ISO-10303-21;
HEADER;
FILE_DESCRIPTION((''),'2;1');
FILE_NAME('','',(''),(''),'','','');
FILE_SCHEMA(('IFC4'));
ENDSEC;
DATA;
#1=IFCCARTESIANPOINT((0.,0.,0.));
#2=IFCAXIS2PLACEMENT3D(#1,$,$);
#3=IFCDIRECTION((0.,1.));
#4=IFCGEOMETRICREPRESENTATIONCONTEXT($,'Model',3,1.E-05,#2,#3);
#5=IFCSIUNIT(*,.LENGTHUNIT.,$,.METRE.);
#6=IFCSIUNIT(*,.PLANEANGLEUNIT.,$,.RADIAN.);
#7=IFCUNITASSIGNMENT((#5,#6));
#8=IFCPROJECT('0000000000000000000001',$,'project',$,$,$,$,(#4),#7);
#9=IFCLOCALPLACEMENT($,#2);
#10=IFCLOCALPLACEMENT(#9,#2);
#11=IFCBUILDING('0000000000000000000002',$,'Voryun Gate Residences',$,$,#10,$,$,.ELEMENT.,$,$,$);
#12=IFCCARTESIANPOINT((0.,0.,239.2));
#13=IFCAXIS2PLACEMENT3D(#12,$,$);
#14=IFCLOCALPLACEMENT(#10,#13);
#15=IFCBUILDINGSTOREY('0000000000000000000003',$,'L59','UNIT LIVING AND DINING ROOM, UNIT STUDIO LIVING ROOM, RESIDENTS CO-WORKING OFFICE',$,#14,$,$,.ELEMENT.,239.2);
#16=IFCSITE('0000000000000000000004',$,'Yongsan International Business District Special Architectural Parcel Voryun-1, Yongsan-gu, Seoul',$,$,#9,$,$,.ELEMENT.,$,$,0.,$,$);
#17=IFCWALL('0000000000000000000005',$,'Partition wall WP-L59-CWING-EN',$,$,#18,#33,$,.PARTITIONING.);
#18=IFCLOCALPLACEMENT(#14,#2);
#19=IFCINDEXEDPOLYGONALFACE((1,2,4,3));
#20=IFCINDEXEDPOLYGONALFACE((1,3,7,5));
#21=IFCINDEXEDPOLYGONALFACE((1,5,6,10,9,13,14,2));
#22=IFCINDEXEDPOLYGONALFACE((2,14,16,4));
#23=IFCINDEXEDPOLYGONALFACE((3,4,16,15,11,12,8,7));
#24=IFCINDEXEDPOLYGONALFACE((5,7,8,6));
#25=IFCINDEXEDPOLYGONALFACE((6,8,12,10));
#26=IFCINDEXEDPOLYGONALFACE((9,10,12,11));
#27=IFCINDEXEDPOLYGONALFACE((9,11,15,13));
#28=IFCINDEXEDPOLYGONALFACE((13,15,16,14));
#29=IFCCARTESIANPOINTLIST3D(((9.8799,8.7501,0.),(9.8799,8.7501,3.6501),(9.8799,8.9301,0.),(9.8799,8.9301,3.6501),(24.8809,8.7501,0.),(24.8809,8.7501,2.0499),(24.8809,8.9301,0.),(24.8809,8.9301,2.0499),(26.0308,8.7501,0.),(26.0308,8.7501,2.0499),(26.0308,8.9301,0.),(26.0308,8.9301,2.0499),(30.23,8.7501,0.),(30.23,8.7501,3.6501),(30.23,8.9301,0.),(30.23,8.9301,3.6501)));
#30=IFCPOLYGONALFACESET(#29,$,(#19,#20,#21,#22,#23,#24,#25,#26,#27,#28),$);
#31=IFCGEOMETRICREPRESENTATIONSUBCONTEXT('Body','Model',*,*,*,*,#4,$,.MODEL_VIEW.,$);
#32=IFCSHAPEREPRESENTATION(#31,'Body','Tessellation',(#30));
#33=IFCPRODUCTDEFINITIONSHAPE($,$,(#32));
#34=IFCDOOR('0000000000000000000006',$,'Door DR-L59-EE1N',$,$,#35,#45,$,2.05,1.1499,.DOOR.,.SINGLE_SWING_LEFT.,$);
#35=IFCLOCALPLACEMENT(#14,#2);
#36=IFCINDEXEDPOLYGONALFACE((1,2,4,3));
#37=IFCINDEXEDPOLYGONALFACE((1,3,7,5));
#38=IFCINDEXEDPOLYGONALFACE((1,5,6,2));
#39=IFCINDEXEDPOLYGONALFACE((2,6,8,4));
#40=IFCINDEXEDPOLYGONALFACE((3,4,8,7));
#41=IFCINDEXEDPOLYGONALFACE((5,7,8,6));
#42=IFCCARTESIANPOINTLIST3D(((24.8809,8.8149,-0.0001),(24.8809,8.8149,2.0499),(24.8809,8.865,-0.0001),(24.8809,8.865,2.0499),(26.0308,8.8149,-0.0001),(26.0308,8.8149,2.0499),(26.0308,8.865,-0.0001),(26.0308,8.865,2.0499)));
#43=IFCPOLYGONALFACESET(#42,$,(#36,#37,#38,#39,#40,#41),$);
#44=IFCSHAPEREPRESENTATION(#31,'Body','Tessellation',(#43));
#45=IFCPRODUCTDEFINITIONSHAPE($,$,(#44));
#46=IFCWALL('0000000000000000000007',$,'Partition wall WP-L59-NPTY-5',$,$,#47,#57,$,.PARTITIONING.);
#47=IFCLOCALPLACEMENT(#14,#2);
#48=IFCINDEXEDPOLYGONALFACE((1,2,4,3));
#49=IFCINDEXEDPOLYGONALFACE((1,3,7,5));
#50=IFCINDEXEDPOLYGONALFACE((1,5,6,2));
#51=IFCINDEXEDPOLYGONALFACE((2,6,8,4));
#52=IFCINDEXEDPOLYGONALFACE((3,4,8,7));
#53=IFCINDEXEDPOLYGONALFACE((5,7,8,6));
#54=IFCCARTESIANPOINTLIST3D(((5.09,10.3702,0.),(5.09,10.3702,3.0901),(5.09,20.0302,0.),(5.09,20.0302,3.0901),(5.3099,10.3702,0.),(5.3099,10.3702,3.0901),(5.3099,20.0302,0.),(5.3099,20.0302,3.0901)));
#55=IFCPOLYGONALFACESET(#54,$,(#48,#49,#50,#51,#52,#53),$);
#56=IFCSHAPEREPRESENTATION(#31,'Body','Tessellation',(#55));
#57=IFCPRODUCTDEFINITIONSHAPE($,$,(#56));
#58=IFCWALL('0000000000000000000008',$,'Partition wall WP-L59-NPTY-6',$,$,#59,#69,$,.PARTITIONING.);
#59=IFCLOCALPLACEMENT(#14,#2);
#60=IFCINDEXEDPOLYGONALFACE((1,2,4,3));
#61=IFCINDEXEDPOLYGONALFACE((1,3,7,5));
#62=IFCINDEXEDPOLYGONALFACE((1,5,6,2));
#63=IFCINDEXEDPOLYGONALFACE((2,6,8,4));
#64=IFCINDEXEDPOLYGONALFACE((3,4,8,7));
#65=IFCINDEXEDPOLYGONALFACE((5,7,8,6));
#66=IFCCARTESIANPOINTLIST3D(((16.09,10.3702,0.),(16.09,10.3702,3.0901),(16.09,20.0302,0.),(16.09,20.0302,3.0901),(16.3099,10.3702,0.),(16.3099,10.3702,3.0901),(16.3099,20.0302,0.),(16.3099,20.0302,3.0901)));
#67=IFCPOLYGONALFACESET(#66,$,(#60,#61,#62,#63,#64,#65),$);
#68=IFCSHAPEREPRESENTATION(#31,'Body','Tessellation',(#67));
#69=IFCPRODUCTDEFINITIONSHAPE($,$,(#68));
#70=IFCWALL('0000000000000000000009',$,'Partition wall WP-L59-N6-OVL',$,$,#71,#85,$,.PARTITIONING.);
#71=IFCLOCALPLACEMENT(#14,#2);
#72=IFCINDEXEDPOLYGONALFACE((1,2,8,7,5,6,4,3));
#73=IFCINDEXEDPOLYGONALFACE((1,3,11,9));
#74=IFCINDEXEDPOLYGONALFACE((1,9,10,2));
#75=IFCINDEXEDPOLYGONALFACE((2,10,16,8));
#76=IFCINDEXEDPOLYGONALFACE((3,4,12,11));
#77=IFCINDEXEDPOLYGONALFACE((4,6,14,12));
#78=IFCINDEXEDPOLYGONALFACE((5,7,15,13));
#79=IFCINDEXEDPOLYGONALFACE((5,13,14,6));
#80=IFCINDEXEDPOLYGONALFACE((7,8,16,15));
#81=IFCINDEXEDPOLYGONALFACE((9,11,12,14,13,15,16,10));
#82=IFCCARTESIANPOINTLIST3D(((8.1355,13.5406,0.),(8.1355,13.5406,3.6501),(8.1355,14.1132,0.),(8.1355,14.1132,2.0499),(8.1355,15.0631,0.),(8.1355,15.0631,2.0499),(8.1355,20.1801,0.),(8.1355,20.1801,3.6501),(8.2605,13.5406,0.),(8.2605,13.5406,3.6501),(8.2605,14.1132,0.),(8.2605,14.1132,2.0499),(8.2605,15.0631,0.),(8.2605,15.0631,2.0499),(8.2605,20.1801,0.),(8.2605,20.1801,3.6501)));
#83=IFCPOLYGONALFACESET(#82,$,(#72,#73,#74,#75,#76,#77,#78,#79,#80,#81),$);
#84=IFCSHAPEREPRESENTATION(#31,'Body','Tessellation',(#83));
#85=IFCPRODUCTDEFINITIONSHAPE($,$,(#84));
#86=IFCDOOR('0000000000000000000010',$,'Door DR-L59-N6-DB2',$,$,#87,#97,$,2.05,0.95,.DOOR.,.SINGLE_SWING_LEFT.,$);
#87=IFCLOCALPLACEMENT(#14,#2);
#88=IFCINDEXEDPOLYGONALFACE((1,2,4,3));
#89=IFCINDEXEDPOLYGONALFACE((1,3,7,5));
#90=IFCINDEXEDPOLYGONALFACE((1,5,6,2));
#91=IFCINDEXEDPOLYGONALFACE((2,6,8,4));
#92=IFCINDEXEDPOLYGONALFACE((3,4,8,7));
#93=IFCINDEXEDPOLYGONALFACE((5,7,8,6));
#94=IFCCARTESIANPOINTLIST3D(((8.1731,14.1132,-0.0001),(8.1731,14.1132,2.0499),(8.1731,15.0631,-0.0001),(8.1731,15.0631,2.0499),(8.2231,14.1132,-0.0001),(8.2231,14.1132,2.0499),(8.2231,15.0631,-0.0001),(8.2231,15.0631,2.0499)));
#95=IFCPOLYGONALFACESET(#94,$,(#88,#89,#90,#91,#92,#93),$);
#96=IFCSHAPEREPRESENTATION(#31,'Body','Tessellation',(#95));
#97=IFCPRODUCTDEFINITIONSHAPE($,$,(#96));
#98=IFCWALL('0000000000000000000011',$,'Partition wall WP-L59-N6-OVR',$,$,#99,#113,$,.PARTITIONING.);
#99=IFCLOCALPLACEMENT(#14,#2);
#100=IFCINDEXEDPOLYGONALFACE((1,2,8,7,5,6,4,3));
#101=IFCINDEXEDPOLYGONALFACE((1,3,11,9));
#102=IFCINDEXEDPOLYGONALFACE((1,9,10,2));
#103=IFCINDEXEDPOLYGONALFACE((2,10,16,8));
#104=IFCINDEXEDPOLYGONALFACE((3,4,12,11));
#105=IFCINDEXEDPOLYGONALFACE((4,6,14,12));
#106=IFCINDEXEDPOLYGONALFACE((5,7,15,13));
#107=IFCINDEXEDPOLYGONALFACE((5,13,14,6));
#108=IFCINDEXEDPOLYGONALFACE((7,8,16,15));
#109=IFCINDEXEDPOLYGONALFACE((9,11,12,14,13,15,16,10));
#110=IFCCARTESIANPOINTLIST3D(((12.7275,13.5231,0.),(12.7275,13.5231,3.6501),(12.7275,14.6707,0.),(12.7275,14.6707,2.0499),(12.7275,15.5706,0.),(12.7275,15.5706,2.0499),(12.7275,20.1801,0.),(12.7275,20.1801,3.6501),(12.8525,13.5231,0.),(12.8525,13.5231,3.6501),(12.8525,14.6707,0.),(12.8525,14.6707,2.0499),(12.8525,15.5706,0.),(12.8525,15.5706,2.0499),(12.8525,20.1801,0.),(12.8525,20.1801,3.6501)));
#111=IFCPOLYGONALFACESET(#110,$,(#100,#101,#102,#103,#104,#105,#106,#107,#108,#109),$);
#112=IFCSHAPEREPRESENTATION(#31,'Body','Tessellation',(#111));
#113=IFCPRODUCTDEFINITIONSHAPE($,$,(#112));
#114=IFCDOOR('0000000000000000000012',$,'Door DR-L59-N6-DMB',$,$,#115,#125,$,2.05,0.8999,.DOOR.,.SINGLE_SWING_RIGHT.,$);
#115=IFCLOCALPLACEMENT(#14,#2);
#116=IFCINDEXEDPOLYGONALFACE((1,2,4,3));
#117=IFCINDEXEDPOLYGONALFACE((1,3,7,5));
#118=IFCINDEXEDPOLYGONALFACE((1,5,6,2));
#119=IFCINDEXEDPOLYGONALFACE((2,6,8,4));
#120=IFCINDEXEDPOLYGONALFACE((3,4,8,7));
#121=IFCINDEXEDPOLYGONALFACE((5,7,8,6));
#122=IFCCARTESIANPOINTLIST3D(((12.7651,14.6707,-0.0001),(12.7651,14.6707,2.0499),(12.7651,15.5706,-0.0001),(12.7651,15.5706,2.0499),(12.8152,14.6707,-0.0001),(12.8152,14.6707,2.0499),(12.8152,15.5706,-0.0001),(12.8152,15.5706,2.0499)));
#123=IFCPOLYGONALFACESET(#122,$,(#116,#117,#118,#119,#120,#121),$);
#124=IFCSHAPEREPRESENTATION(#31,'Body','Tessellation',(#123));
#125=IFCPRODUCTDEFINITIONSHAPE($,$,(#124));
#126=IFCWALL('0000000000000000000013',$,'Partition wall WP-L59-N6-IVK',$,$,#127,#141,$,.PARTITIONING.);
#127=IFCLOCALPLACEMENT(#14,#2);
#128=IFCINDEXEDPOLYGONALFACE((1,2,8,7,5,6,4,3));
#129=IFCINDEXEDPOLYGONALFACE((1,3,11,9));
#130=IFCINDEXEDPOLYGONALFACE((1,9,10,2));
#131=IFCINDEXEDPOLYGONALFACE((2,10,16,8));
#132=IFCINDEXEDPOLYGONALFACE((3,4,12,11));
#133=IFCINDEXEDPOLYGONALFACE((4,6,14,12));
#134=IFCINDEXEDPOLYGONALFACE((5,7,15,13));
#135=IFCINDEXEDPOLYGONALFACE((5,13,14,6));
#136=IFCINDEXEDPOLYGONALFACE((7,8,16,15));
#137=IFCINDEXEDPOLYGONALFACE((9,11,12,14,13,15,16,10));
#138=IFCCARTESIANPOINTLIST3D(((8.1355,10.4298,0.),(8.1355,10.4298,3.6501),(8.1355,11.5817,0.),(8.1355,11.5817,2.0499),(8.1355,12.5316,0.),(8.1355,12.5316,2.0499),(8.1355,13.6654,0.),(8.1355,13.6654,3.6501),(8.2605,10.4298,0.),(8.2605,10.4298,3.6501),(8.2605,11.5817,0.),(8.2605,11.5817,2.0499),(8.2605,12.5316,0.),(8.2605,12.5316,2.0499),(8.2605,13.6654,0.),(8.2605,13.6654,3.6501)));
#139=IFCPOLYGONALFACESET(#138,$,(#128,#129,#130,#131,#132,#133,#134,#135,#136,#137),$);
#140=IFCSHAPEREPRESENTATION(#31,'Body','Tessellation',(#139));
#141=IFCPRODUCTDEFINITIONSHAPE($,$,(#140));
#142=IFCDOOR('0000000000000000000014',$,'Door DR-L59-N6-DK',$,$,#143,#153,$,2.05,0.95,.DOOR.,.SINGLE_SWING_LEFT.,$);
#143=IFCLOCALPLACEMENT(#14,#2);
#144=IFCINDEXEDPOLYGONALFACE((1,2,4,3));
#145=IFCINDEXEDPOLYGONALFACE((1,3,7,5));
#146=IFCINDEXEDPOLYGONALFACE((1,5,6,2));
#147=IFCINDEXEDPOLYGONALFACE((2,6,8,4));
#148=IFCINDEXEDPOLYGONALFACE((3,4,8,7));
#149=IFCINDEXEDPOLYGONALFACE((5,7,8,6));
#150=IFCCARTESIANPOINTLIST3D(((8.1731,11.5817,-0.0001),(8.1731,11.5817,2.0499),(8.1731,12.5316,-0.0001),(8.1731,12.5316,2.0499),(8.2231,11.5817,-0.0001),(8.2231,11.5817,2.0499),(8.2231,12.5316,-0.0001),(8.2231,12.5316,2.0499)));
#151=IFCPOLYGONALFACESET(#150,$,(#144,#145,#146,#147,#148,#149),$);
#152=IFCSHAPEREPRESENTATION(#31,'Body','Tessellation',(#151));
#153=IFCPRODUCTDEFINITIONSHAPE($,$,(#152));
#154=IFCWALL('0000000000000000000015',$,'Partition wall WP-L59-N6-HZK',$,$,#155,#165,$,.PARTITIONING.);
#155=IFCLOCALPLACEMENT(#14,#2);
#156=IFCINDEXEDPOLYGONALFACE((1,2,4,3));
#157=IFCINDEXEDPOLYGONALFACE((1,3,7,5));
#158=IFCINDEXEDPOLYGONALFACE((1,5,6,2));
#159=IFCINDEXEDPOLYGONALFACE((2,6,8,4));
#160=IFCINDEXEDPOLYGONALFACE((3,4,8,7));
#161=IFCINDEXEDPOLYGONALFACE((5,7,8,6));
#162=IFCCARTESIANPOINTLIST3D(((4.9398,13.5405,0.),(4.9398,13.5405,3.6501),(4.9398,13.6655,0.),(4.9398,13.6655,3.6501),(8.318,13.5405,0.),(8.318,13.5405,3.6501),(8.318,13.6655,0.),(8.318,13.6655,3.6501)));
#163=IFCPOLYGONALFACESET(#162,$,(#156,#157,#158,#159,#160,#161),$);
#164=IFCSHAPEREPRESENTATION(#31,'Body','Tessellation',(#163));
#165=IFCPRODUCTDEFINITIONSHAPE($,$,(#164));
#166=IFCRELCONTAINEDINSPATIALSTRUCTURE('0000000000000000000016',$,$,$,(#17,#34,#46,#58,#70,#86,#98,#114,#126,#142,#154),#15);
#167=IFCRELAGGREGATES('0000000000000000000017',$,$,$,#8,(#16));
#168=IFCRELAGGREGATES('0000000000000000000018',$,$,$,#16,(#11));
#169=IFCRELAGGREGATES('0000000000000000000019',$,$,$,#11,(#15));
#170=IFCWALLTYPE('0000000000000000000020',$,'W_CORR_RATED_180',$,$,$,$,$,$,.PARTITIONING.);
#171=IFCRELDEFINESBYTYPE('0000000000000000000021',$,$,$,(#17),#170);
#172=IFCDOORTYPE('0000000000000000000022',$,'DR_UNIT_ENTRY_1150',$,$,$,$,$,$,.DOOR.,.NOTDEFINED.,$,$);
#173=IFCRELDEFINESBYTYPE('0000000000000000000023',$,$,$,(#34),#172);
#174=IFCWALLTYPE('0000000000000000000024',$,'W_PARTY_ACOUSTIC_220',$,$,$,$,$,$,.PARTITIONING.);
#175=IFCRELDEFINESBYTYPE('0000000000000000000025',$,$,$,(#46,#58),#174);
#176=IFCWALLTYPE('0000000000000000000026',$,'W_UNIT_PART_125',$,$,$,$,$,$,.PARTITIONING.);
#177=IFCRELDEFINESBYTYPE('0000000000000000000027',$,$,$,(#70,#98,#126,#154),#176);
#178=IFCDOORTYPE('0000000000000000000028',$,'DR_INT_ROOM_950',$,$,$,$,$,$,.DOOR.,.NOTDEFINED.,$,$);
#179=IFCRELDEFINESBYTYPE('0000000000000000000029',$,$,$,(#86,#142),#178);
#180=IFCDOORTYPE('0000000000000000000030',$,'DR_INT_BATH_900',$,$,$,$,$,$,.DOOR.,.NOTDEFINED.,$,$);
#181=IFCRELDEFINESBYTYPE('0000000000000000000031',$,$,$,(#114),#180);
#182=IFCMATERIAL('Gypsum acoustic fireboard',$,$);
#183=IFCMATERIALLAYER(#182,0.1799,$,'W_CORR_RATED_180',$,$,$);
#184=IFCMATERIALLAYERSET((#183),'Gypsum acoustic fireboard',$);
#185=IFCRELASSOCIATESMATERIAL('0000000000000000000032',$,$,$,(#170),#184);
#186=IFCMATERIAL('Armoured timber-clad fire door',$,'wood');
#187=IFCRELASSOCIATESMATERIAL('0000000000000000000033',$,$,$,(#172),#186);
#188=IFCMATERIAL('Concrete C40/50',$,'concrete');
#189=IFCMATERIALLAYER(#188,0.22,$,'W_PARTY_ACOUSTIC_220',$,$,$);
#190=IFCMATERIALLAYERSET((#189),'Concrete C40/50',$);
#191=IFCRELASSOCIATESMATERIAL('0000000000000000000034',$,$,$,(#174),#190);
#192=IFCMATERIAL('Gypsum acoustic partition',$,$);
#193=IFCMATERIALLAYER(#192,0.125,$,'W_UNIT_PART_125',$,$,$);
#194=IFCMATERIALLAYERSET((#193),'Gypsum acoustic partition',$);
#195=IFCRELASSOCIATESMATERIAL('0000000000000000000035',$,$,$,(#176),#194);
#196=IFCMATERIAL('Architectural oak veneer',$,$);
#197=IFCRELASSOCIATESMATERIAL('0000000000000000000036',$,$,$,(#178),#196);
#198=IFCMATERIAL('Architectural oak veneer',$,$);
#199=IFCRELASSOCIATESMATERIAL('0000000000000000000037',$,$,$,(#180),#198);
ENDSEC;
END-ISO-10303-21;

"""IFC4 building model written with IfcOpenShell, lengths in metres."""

from ifc_helpers import new_model, si_unit, direction, frame, frame_2d, origin, place, context, subcontext, project, spatial, rectangle, extrude, material, layer, layer_set, type_object, element, fill, save


model = new_model("IFC4")

# Units and contexts
model_context = context("Model", 3, precision=1e-05, world=origin(), true_north=direction((0.0, 1.0)))
body_context = subcontext(model_context, "Body", "Model", "MODEL_VIEW")
ifc_project = project(units=[si_unit("LENGTHUNIT", "METRE"), si_unit("PLANEANGLEUNIT", "RADIAN")], contexts=[model_context])

# Site, building, storey
site_placement = place(None, origin())
site = spatial("IfcSite", under=ifc_project, at=site_placement, Name="Yongsan International Business District Special Architectural Parcel Voryun-1, Yongsan-gu, Seoul", CompositionType="ELEMENT", RefElevation=0.0)
building_placement = place(site_placement, origin())
building = spatial("IfcBuilding", under=site, at=building_placement, Name="Voryun Gate Residences", CompositionType="ELEMENT")
storey_placement = place(building_placement, frame((0.0, 0.0, 239.2)))
storey = spatial("IfcBuildingStorey", under=building, at=storey_placement, Name="L59", Description="UNIT LIVING AND DINING ROOM, UNIT STUDIO LIVING ROOM, RESIDENTS CO-WORKING OFFICE", CompositionType="ELEMENT", Elevation=239.2)

# Wall, opening, door
ifc_material_1 = material(Name="Gypsum acoustic fireboard")
ifc_layer_1 = layer(ifc_material_1, 0.1799, Name="W_CORR_RATED_180")
ifc_layer_set_1 = layer_set([ifc_layer_1], Name="Gypsum acoustic fireboard")
wall_type_1 = type_object("IfcWallType", Name="W_CORR_RATED_180", PredefinedType="PARTITIONING", material=ifc_layer_set_1)
wall_1_placement = place(storey_placement, frame((9.8799, 8.8401, 0.0), z_axis=(0.0, 0.0, 1.0), x_axis=(1.0, 0.0, 0.0)))
wall_1 = element("IfcWall", 1, at=wall_1_placement, inside=storey, type_object=wall_type_1, Name="Partition wall WP-L59-CWING-EN", PredefinedType="PARTITIONING", context=body_context, shape_type="SweptSolid", body=[
    extrude(rectangle(XDim=20.3501, YDim=0.1799, at=frame_2d((10.175, 0.0))), origin(), (0.0, 0.0, 1.0), 3.6501),
])
opening_1_placement = place(wall_1_placement, frame((15.001, 0.0, 0.0)))
opening_1 = element("IfcOpeningElement", 2, at=opening_1_placement, cuts=wall_1, PredefinedType="OPENING", context=body_context, shape_type="SweptSolid", body=[
    extrude(rectangle(XDim=1.1499, YDim=2.05, at=frame_2d((0.575, 1.0249))), frame((0.0, 0.0999, 0.0), z_axis=(0.0, -1.0, 0.0), x_axis=(1.0, 0.0, 0.0)), (0.0, 0.0, 1.0), 0.2),
])
ifc_material_2 = material(Name="Armoured timber-clad fire door", Category="wood")
door_type_1 = type_object("IfcDoorType", Name="DR_UNIT_ENTRY_1150", OperationType="NOTDEFINED", PredefinedType="DOOR", material=ifc_material_2)
door_1_placement = place(opening_1_placement, origin())
door_1 = element("IfcDoor", 3, at=door_1_placement, inside=storey, type_object=door_type_1, Name="Door DR-L59-EE1N", OperationType="SINGLE_SWING_LEFT", OverallHeight=2.05, OverallWidth=1.1499, PredefinedType="DOOR", context=body_context, shape_type="SweptSolid", body=[
    extrude(rectangle(XDim=1.1499, YDim=2.05, at=frame_2d((0.575, 1.0249))), frame((0.0, 0.0249, 0.0), z_axis=(0.0, -1.0, 0.0), x_axis=(1.0, 0.0, 0.0)), (0.0, 0.0, 1.0), 0.05),
])
fill(opening_1, door_1)

# Walls
ifc_material_3 = material(Name="Concrete C40/50", Category="concrete")
ifc_layer_2 = layer(ifc_material_3, 0.22, Name="W_PARTY_ACOUSTIC_220")
ifc_layer_set_2 = layer_set([ifc_layer_2], Name="Concrete C40/50")
wall_type_2 = type_object("IfcWallType", Name="W_PARTY_ACOUSTIC_220", PredefinedType="PARTITIONING", material=ifc_layer_set_2)
for number, where, z_axis, x_axis, name in (
    (4, (5.2, 10.3701, 0.0), (0.0, 0.0, 1.0), (0.0, 1.0, 0.0), "Partition wall WP-L59-NPTY-5"),
    (5, (16.2, 10.3701, 0.0), (0.0, 0.0, 1.0), (0.0, 1.0, 0.0), "Partition wall WP-L59-NPTY-6"),
):
    element("IfcWall", number, at=place(storey_placement, frame(where, z_axis=z_axis, x_axis=x_axis)), inside=storey, type_object=wall_type_2, Name=name, PredefinedType="PARTITIONING", context=body_context, shape_type="SweptSolid", body=[
        extrude(rectangle(XDim=9.6599, YDim=0.22, at=frame_2d((4.8301, 0.0))), origin(), (0.0, 0.0, 1.0), 3.0901),
    ])

# Walls, openings, doors
ifc_material_4 = material(Name="Gypsum acoustic partition")
ifc_layer_3 = layer(ifc_material_4, 0.125, Name="W_UNIT_PART_125")
ifc_layer_set_3 = layer_set([ifc_layer_3], Name="Gypsum acoustic partition")
wall_type_3 = type_object("IfcWallType", Name="W_UNIT_PART_125", PredefinedType="PARTITIONING", material=ifc_layer_set_3)
wall_2_placement = place(storey_placement, frame((8.198, 13.5405, 0.0), z_axis=(0.0, 0.0, 1.0), x_axis=(0.0, 1.0, 0.0)))
wall_2 = element("IfcWall", 6, at=wall_2_placement, inside=storey, type_object=wall_type_3, Name="Partition wall WP-L59-N6-OVL", PredefinedType="PARTITIONING", context=body_context, shape_type="SweptSolid", body=[
    extrude(rectangle(XDim=6.6394, YDim=0.125, at=frame_2d((3.3198, 0.0))), origin(), (0.0, 0.0, 1.0), 3.6501),
])
opening_2_placement = place(wall_2_placement, frame((0.5725, 0.0, 0.0)))
opening_2 = element("IfcOpeningElement", 7, at=opening_2_placement, cuts=wall_2, PredefinedType="OPENING", context=body_context, shape_type="SweptSolid", body=[
    extrude(rectangle(XDim=0.95, YDim=2.05, at=frame_2d((0.4751, 1.0249))), frame((0.0, 0.0725, 0.0), z_axis=(0.0, -1.0, 0.0), x_axis=(1.0, 0.0, 0.0)), (0.0, 0.0, 1.0), 0.145),
])
ifc_material_5 = material(Name="Architectural oak veneer")
door_type_2 = type_object("IfcDoorType", Name="DR_INT_ROOM_950", OperationType="NOTDEFINED", PredefinedType="DOOR", material=ifc_material_5)
door_2_placement = place(opening_2_placement, origin())
door_2 = element("IfcDoor", 8, at=door_2_placement, inside=storey, type_object=door_type_2, Name="Door DR-L59-N6-DB2", OperationType="SINGLE_SWING_LEFT", OverallHeight=2.05, OverallWidth=0.95, PredefinedType="DOOR", context=body_context, shape_type="SweptSolid", body=[
    extrude(rectangle(XDim=0.95, YDim=2.05, at=frame_2d((0.4751, 1.0249))), frame((0.0, 0.0249, 0.0), z_axis=(0.0, -1.0, 0.0), x_axis=(1.0, 0.0, 0.0)), (0.0, 0.0, 1.0), 0.05),
])
fill(opening_2, door_2)
wall_3_placement = place(storey_placement, frame((12.79, 13.5229, 0.0), z_axis=(0.0, 0.0, 1.0), x_axis=(0.0, 1.0, 0.0)))
wall_3 = element("IfcWall", 9, at=wall_3_placement, inside=storey, type_object=wall_type_3, Name="Partition wall WP-L59-N6-OVR", PredefinedType="PARTITIONING", context=body_context, shape_type="SweptSolid", body=[
    extrude(rectangle(XDim=6.657, YDim=0.125, at=frame_2d((3.3286, 0.0))), origin(), (0.0, 0.0, 1.0), 3.6501),
])
opening_3_placement = place(wall_3_placement, frame((1.1477, 0.0, 0.0)))
opening_3 = element("IfcOpeningElement", 10, at=opening_3_placement, cuts=wall_3, PredefinedType="OPENING", context=body_context, shape_type="SweptSolid", body=[
    extrude(rectangle(XDim=0.8999, YDim=2.05, at=frame_2d((0.45, 1.0249))), frame((0.0, 0.0725, 0.0), z_axis=(0.0, -1.0, 0.0), x_axis=(1.0, 0.0, 0.0)), (0.0, 0.0, 1.0), 0.145),
])
ifc_material_6 = material(Name="Architectural oak veneer")
door_type_3 = type_object("IfcDoorType", Name="DR_INT_BATH_900", OperationType="NOTDEFINED", PredefinedType="DOOR", material=ifc_material_6)
door_3_placement = place(opening_3_placement, origin())
door_3 = element("IfcDoor", 11, at=door_3_placement, inside=storey, type_object=door_type_3, Name="Door DR-L59-N6-DMB", OperationType="SINGLE_SWING_RIGHT", OverallHeight=2.05, OverallWidth=0.8999, PredefinedType="DOOR", context=body_context, shape_type="SweptSolid", body=[
    extrude(rectangle(XDim=0.8999, YDim=2.05, at=frame_2d((0.45, 1.0249))), frame((0.0, 0.0249, 0.0), z_axis=(0.0, -1.0, 0.0), x_axis=(1.0, 0.0, 0.0)), (0.0, 0.0, 1.0), 0.05),
])
fill(opening_3, door_3)
wall_4_placement = place(storey_placement, frame((8.198, 10.4299, 0.0), z_axis=(0.0, 0.0, 1.0), x_axis=(0.0, 1.0, 0.0)))
wall_4 = element("IfcWall", 12, at=wall_4_placement, inside=storey, type_object=wall_type_3, Name="Partition wall WP-L59-N6-IVK", PredefinedType="PARTITIONING", context=body_context, shape_type="SweptSolid", body=[
    extrude(rectangle(XDim=3.2356, YDim=0.125, at=frame_2d((1.6177, 0.0))), origin(), (0.0, 0.0, 1.0), 3.6501),
])
opening_4_placement = place(wall_4_placement, frame((1.1516, 0.0, 0.0)))
opening_4 = element("IfcOpeningElement", 13, at=opening_4_placement, cuts=wall_4, PredefinedType="OPENING", context=body_context, shape_type="SweptSolid", body=[
    extrude(rectangle(XDim=0.95, YDim=2.05, at=frame_2d((0.4751, 1.0249))), frame((0.0, 0.0725, 0.0), z_axis=(0.0, -1.0, 0.0), x_axis=(1.0, 0.0, 0.0)), (0.0, 0.0, 1.0), 0.145),
])
door_4_placement = place(opening_4_placement, origin())
door_4 = element("IfcDoor", 14, at=door_4_placement, inside=storey, type_object=door_type_2, Name="Door DR-L59-N6-DK", OperationType="SINGLE_SWING_LEFT", OverallHeight=2.05, OverallWidth=0.95, PredefinedType="DOOR", context=body_context, shape_type="SweptSolid", body=[
    extrude(rectangle(XDim=0.95, YDim=2.05, at=frame_2d((0.4751, 1.0249))), frame((0.0, 0.0249, 0.0), z_axis=(0.0, -1.0, 0.0), x_axis=(1.0, 0.0, 0.0)), (0.0, 0.0, 1.0), 0.05),
])
fill(opening_4, door_4)

# Wall
wall_5_placement = place(storey_placement, frame((4.9399, 13.603, 0.0), z_axis=(0.0, 0.0, 1.0), x_axis=(1.0, 0.0, 0.0)))
element("IfcWall", 15, at=wall_5_placement, inside=storey, type_object=wall_type_3, Name="Partition wall WP-L59-N6-HZK", PredefinedType="PARTITIONING", context=body_context, shape_type="SweptSolid", body=[
    extrude(rectangle(XDim=3.3782, YDim=0.125, at=frame_2d((1.689, 0.0))), origin(), (0.0, 0.0, 1.0), 3.6501),
])

save(model, "model.ifc")
